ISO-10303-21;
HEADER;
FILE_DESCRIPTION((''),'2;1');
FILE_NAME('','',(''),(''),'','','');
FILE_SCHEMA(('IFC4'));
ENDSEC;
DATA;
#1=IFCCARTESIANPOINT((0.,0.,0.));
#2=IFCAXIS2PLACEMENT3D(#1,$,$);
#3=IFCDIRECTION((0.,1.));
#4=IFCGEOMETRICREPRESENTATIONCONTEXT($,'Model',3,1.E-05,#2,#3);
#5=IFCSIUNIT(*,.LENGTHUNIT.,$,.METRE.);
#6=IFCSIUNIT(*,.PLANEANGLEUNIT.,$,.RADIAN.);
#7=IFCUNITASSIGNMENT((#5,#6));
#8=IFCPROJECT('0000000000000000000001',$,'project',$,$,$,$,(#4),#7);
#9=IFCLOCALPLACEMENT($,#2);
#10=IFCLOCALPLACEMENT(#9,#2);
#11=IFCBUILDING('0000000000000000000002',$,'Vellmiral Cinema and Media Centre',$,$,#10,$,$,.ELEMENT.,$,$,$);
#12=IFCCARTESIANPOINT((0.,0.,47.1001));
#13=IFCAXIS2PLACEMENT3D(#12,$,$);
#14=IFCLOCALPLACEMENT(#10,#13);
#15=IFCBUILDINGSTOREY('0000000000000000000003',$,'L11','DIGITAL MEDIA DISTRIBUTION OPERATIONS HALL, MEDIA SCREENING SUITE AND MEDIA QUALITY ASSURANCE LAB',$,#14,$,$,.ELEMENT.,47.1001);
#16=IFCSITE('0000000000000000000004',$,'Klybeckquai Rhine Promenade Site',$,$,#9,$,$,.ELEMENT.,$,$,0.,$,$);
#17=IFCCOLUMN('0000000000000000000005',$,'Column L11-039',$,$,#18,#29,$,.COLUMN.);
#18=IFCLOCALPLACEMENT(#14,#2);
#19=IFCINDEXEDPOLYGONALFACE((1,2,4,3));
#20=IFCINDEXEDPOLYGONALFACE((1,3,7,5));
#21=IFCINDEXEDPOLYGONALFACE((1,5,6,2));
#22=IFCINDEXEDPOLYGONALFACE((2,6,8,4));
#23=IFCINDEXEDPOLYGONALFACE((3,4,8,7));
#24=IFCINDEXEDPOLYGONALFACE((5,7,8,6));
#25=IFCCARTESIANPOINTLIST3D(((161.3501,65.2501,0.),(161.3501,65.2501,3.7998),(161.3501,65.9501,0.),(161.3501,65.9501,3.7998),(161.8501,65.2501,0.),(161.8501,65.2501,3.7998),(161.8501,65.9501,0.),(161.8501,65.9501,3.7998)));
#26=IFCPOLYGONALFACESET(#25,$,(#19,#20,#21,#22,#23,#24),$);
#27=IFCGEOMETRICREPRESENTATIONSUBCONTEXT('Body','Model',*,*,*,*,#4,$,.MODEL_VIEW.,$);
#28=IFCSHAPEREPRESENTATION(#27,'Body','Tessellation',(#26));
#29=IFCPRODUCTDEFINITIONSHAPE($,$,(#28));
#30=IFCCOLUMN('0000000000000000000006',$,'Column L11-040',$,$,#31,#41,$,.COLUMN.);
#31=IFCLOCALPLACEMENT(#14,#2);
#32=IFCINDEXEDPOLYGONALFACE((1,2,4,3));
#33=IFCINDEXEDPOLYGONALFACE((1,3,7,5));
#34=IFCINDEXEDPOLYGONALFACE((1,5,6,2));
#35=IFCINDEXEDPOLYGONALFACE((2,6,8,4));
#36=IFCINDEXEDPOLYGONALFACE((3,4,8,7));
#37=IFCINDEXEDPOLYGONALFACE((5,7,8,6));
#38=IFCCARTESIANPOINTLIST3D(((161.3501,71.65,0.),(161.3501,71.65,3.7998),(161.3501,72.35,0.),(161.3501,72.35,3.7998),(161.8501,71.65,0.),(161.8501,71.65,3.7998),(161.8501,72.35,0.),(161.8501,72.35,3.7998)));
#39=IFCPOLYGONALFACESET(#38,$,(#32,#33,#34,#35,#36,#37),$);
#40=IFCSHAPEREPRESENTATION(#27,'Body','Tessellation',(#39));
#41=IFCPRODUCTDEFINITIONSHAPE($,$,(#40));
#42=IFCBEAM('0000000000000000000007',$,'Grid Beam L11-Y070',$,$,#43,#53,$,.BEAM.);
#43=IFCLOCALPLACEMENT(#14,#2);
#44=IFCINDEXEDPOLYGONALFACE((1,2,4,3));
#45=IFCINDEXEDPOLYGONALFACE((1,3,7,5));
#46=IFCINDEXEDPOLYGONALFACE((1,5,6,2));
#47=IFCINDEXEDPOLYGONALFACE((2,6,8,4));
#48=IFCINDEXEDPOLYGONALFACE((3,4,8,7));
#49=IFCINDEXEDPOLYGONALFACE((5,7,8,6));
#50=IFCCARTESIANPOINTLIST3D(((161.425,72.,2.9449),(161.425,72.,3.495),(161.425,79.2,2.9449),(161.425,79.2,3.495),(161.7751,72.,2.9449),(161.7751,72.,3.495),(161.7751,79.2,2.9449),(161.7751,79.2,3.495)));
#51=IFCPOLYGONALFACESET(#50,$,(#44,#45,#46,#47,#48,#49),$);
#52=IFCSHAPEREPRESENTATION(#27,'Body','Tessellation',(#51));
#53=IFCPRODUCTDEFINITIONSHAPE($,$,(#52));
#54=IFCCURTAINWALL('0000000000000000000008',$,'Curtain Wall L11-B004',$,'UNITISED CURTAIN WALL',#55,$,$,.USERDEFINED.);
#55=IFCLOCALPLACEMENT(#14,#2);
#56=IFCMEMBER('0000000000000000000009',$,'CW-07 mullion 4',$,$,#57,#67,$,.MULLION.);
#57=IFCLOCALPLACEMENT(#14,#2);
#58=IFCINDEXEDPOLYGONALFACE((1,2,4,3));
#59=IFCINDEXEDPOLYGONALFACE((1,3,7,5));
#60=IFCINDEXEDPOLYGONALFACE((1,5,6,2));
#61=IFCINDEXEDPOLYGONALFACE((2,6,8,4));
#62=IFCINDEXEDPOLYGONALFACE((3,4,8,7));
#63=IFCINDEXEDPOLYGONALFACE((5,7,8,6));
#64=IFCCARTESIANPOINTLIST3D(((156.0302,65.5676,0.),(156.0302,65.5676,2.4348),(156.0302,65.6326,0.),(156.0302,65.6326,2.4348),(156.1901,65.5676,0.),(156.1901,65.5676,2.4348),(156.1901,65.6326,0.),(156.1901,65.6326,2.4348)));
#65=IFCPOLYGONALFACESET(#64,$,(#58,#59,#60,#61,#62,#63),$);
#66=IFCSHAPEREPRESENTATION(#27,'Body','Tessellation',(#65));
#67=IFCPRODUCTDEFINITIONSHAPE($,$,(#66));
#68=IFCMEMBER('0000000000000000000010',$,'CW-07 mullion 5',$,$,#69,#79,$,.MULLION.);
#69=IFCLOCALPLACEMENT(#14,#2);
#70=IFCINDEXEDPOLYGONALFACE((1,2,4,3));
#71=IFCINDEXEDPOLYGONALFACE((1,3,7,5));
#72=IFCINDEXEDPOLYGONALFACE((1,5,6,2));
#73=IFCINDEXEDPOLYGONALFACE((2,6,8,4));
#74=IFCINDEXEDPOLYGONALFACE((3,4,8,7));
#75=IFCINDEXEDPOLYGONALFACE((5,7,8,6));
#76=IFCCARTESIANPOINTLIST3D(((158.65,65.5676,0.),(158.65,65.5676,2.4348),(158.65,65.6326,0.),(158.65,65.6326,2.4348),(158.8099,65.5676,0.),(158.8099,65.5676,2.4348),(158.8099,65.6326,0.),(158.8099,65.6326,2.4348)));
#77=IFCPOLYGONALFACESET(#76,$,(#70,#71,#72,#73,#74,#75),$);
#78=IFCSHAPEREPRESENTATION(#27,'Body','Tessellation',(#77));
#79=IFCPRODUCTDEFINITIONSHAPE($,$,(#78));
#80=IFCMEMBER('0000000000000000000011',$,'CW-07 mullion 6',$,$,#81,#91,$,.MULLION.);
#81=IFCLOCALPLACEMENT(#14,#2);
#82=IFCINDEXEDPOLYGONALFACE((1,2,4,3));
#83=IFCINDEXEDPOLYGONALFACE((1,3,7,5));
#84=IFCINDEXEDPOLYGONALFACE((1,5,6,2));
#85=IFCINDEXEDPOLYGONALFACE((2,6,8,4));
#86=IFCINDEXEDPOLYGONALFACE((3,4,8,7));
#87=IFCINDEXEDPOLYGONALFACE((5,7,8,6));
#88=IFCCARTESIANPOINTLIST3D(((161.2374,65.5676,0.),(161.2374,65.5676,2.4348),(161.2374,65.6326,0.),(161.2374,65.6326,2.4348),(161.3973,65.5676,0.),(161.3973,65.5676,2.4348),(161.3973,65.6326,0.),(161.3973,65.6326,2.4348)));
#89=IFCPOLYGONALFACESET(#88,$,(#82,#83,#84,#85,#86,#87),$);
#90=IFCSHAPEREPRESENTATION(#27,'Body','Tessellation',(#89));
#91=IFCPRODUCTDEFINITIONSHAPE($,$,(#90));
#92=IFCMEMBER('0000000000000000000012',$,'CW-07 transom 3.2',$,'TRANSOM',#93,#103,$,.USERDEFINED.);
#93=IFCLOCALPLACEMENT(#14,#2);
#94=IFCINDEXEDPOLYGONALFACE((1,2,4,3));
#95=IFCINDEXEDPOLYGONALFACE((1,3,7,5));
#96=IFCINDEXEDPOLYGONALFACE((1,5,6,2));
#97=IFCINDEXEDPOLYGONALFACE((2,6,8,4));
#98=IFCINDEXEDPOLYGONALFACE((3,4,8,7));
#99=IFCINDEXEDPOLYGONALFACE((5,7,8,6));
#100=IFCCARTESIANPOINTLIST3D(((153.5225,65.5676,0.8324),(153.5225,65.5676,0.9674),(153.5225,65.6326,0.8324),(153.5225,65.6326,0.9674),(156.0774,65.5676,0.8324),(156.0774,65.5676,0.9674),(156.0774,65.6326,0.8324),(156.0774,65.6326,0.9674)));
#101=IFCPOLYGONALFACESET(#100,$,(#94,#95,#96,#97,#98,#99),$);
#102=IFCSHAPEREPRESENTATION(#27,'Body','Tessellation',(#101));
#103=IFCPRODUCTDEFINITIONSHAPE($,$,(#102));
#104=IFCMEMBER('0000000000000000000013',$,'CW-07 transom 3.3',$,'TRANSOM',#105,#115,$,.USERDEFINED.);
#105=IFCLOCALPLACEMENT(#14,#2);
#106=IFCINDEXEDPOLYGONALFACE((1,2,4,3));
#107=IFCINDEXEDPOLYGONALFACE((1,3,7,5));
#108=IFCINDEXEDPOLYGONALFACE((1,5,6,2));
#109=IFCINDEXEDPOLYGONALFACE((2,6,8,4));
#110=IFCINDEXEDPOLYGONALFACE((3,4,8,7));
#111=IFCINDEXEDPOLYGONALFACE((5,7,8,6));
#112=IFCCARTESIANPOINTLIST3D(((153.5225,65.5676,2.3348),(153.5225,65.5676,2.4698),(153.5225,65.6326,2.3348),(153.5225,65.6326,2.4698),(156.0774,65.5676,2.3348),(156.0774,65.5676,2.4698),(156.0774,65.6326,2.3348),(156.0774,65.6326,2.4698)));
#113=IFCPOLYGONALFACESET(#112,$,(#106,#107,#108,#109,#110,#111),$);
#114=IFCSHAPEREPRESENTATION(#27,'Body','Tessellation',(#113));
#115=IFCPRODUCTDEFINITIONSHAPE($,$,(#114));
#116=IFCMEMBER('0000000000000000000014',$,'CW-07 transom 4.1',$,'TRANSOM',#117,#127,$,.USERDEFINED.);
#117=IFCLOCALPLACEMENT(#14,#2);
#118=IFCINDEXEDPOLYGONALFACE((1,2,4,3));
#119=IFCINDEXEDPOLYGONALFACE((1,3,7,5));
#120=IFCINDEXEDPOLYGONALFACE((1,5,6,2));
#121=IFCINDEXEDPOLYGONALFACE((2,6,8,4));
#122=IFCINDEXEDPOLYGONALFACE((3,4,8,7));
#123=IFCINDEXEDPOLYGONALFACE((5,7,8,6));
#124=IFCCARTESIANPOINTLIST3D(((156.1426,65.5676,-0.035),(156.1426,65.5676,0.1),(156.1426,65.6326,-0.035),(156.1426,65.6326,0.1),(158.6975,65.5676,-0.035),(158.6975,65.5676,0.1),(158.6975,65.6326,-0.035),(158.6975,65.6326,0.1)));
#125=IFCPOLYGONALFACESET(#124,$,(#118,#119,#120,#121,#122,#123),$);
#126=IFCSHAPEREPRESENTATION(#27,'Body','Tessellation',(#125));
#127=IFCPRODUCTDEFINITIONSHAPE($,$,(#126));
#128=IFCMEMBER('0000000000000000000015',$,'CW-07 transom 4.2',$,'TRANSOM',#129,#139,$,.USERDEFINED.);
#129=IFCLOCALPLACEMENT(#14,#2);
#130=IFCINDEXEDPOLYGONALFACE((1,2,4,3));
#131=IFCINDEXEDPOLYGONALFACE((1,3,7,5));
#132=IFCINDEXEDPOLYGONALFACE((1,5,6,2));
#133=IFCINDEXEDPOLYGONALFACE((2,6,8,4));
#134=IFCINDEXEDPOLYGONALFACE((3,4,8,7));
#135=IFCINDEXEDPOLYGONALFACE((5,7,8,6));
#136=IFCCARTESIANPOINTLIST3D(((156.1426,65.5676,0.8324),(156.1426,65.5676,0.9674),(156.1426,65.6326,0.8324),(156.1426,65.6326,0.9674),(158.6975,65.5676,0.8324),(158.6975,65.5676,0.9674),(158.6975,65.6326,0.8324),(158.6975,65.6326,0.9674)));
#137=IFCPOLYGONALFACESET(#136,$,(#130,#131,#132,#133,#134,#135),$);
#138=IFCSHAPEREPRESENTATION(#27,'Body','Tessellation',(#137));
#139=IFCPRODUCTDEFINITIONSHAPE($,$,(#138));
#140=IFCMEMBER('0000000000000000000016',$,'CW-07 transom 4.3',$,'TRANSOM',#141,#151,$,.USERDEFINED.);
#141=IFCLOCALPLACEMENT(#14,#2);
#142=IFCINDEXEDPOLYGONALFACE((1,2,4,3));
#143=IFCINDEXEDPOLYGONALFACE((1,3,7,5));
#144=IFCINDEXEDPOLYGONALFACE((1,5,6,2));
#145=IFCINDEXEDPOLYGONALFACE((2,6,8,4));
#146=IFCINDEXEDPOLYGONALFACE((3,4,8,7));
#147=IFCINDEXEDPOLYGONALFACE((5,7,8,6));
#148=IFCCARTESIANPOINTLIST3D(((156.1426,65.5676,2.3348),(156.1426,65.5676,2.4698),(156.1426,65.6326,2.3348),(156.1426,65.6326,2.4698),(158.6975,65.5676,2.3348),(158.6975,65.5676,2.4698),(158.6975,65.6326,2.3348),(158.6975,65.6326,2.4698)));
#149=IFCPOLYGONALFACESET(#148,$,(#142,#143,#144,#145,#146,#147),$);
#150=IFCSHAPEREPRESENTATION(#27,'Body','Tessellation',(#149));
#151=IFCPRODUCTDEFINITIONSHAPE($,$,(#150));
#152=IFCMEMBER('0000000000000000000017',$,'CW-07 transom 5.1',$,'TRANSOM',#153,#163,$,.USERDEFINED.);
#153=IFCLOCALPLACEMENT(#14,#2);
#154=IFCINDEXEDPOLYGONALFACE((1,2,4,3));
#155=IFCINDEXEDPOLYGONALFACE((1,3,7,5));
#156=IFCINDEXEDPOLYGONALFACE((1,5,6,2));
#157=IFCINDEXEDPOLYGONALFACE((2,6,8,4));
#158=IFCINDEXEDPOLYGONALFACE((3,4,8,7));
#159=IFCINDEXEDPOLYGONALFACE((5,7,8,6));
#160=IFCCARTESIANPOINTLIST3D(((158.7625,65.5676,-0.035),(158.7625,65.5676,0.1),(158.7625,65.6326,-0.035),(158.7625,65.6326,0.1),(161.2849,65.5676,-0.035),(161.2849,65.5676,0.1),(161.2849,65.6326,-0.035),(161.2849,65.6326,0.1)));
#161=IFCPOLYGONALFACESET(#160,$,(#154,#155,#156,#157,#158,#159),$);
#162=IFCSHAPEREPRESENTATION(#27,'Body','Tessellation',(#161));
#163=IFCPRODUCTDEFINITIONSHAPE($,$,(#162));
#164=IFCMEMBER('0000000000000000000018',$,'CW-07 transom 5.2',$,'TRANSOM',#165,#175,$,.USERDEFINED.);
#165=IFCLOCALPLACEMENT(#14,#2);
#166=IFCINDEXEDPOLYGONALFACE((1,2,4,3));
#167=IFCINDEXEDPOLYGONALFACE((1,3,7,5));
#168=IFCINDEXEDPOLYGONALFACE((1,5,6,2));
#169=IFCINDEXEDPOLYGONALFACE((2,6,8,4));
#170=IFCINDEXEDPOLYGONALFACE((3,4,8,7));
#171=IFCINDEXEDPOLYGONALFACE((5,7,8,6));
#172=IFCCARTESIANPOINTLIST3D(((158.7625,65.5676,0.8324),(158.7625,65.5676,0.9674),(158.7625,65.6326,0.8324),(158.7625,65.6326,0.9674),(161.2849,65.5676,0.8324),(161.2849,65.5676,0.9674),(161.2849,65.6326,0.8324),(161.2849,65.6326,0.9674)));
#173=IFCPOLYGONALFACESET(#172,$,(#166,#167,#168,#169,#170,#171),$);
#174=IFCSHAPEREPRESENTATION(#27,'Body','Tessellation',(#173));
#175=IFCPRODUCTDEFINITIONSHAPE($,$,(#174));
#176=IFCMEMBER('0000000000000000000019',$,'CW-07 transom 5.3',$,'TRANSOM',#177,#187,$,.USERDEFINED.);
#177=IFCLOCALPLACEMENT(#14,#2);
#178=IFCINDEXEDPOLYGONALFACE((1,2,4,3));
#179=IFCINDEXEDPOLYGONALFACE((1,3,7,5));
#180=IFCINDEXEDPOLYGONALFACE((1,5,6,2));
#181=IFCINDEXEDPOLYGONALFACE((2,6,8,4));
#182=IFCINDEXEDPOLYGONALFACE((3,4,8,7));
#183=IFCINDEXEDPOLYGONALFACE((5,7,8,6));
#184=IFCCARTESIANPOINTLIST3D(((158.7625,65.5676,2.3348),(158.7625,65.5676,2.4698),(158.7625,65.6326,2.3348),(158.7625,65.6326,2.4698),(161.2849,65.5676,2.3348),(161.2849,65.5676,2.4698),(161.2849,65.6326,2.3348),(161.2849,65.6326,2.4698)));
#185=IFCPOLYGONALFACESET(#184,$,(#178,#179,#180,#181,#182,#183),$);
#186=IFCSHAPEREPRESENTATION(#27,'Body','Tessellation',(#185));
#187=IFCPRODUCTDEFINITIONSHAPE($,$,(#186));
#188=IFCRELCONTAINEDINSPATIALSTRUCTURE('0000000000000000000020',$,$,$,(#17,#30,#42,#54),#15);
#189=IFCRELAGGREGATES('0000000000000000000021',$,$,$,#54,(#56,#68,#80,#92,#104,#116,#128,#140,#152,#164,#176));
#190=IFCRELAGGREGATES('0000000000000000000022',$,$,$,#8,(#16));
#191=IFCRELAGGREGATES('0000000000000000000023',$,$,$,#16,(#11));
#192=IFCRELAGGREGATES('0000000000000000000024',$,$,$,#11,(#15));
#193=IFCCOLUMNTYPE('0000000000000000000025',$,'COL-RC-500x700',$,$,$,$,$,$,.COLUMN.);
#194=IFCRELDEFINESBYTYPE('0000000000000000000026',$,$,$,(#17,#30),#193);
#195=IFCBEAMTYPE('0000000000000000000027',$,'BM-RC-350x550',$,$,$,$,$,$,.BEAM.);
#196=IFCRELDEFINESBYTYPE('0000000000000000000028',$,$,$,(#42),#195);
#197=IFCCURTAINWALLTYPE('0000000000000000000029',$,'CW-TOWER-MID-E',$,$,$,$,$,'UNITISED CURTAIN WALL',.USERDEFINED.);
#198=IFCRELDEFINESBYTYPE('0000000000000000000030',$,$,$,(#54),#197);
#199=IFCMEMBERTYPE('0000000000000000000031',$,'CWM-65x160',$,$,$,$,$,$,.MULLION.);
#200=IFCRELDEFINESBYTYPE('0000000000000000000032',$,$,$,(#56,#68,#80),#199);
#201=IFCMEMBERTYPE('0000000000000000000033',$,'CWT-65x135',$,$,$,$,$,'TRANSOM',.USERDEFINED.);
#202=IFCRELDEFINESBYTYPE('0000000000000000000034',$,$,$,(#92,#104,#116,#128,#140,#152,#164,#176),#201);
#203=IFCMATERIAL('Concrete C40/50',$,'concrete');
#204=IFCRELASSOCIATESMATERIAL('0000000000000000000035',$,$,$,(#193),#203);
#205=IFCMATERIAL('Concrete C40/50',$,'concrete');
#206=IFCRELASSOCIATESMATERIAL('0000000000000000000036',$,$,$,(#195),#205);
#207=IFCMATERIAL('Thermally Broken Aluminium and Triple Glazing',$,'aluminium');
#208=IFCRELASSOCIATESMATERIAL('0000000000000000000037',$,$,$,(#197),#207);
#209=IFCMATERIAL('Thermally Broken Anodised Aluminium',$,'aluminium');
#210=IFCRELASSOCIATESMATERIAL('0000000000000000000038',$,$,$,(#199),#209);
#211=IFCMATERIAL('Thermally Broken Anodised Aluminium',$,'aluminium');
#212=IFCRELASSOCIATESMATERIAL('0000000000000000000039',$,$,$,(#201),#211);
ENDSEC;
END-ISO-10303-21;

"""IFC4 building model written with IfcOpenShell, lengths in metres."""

from ifc_helpers import new_model, si_unit, direction, frame, origin, origin_2d, place, context, subcontext, project, spatial, rectangle, extrude, material, material_profile, profile_set, type_object, element, aggregate, save


model = new_model("IFC4")

# Units and contexts
model_context = context("Model", 3, precision=1e-05, world=origin(), true_north=direction((0.0, 1.0)))
body_context = subcontext(model_context, "Body", "Model", "MODEL_VIEW")
ifc_project = project(units=[si_unit("LENGTHUNIT", "METRE"), si_unit("PLANEANGLEUNIT", "RADIAN")], contexts=[model_context])

# Site, building, storey
site_placement = place(None, origin())
site = spatial("IfcSite", under=ifc_project, at=site_placement, Name="Klybeckquai Rhine Promenade Site", CompositionType="ELEMENT", RefElevation=0.0)
building_placement = place(site_placement, origin())
building = spatial("IfcBuilding", under=site, at=building_placement, Name="Vellmiral Cinema and Media Centre", CompositionType="ELEMENT")
storey_placement = place(building_placement, frame((0.0, 0.0, 47.1001)))
storey = spatial("IfcBuildingStorey", under=building, at=storey_placement, Name="L11", Description="DIGITAL MEDIA DISTRIBUTION OPERATIONS HALL, MEDIA SCREENING SUITE AND MEDIA QUALITY ASSURANCE LAB", CompositionType="ELEMENT", Elevation=47.1001)

# Columns
ifc_material_1 = material(Name="Concrete C40/50", Category="concrete")
ifc_material_profile_1 = material_profile(ifc_material_1, rectangle(XDim=0.5, YDim=0.7, at=origin_2d()), Name="RC 500x700")
ifc_profile_set_1 = profile_set([ifc_material_profile_1], Name="Concrete C40/50")
column_type = type_object("IfcColumnType", Name="COL-RC-500x700", PredefinedType="COLUMN", material=ifc_profile_set_1)
for number, where, z_axis, x_axis, name in (
    (1, (161.6001, 65.6001, 0.0), (0.0, 0.0, 1.0), (1.0, 0.0, 0.0), "Column L11-039"),
    (2, (161.6001, 72.0, 0.0), (0.0, 0.0, 1.0), (1.0, 0.0, 0.0), "Column L11-040"),
):
    element("IfcColumn", number, at=place(storey_placement, frame(where, z_axis=z_axis, x_axis=x_axis)), inside=storey, type_object=column_type, Name=name, PredefinedType="COLUMN", context=body_context, shape_type="SweptSolid", body=[
        extrude(rectangle(XDim=0.5, YDim=0.7, at=origin_2d()), origin(), (0.0, 0.0, 1.0), 3.7998),
    ])

# Beam
ifc_material_2 = material(Name="Concrete C40/50", Category="concrete")
ifc_material_profile_2 = material_profile(ifc_material_2, rectangle(XDim=0.3501, YDim=0.55, at=origin_2d()), Name="RC 350x550")
ifc_profile_set_2 = profile_set([ifc_material_profile_2], Name="Concrete C40/50")
beam_type_1 = type_object("IfcBeamType", Name="BM-RC-350x550", PredefinedType="BEAM", material=ifc_profile_set_2)
beam_1_placement = place(storey_placement, frame((161.6001, 72.0, 3.22), z_axis=(0.0, 1.0, 0.0), x_axis=(-1.0, 0.0, 0.0)))
element("IfcBeam", 3, at=beam_1_placement, inside=storey, type_object=beam_type_1, Name="Grid Beam L11-Y070", PredefinedType="BEAM", context=body_context, shape_type="SweptSolid", body=[
    extrude(rectangle(XDim=0.3501, YDim=0.55, at=origin_2d()), origin(), (0.0, 0.0, 1.0), 7.2),
])

# Curtain wall, members
ifc_material_3 = material(Name="Thermally Broken Aluminium and Triple Glazing", Category="aluminium")
curtain_wall_type = type_object("IfcCurtainWallType", Name="CW-TOWER-MID-E", ElementType="UNITISED CURTAIN WALL", PredefinedType="USERDEFINED", material=ifc_material_3)
curtain_wall_placement = place(storey_placement, origin())
curtain_wall = element("IfcCurtainWall", 4, at=curtain_wall_placement, inside=storey, type_object=curtain_wall_type, Name="Curtain Wall L11-B004", ObjectType="UNITISED CURTAIN WALL", PredefinedType="USERDEFINED")
ifc_material_4 = material(Name="Thermally Broken Anodised Aluminium", Category="aluminium")
ifc_material_profile_3 = material_profile(ifc_material_4, rectangle(XDim=0.0649, YDim=0.1599, at=origin_2d()), Name="MULL 65x160")
ifc_profile_set_3 = profile_set([ifc_material_profile_3], Name="Thermally Broken Anodised Aluminium")
member_type_1 = type_object("IfcMemberType", Name="CWM-65x160", PredefinedType="MULLION", material=ifc_profile_set_3)
member_1_placement = place(storey_placement, frame((156.1101, 65.6001, 0.0), z_axis=(0.0, 0.0, 1.0), x_axis=(0.0, 1.0, 0.0)))
member_1 = element("IfcMember", 5, at=member_1_placement, type_object=member_type_1, Name="CW-07 mullion 4", PredefinedType="MULLION", context=body_context, shape_type="SweptSolid", body=[
    extrude(rectangle(XDim=0.0649, YDim=0.1599, at=origin_2d()), origin(), (0.0, 0.0, 1.0), 2.4348),
])
member_2_placement = place(storey_placement, frame((158.73, 65.6001, 0.0), z_axis=(0.0, 0.0, 1.0), x_axis=(0.0, 1.0, 0.0)))
member_2 = element("IfcMember", 6, at=member_2_placement, type_object=member_type_1, Name="CW-07 mullion 5", PredefinedType="MULLION", context=body_context, shape_type="SweptSolid", body=[
    extrude(rectangle(XDim=0.0649, YDim=0.1599, at=origin_2d()), origin(), (0.0, 0.0, 1.0), 2.4348),
])
member_3_placement = place(storey_placement, frame((161.3174, 65.6001, 0.0), z_axis=(0.0, 0.0, 1.0), x_axis=(0.0, 1.0, 0.0)))
member_3 = element("IfcMember", 7, at=member_3_placement, type_object=member_type_1, Name="CW-07 mullion 6", PredefinedType="MULLION", context=body_context, shape_type="SweptSolid", body=[
    extrude(rectangle(XDim=0.0649, YDim=0.1599, at=origin_2d()), origin(), (0.0, 0.0, 1.0), 2.4348),
])
ifc_material_5 = material(Name="Thermally Broken Anodised Aluminium", Category="aluminium")
ifc_material_profile_4 = material_profile(ifc_material_5, rectangle(XDim=0.0649, YDim=0.135, at=origin_2d()), Name="MULL 65x135")
ifc_profile_set_4 = profile_set([ifc_material_profile_4], Name="Thermally Broken Anodised Aluminium")
member_type_2 = type_object("IfcMemberType", Name="CWT-65x135", ElementType="TRANSOM", PredefinedType="USERDEFINED", material=ifc_profile_set_4)
member_4_placement = place(storey_placement, frame((153.5225, 65.6001, 0.8999), z_axis=(1.0, 0.0, 0.0), x_axis=(0.0, 1.0, 0.0)))
member_4 = element("IfcMember", 8, at=member_4_placement, type_object=member_type_2, Name="CW-07 transom 3.2", ObjectType="TRANSOM", PredefinedType="USERDEFINED", context=body_context, shape_type="SweptSolid", body=[
    extrude(rectangle(XDim=0.0649, YDim=0.135, at=origin_2d()), origin(), (0.0, 0.0, 1.0), 2.5549),
])
member_5_placement = place(storey_placement, frame((153.5225, 65.6001, 2.4023), z_axis=(1.0, 0.0, 0.0), x_axis=(0.0, 1.0, 0.0)))
member_5 = element("IfcMember", 9, at=member_5_placement, type_object=member_type_2, Name="CW-07 transom 3.3", ObjectType="TRANSOM", PredefinedType="USERDEFINED", context=body_context, shape_type="SweptSolid", body=[
    extrude(rectangle(XDim=0.0649, YDim=0.135, at=origin_2d()), origin(), (0.0, 0.0, 1.0), 2.5549),
])
member_6_placement = place(storey_placement, frame((156.1426, 65.6001, 0.0325), z_axis=(1.0, 0.0, 0.0), x_axis=(0.0, 1.0, 0.0)))
member_6 = element("IfcMember", 10, at=member_6_placement, type_object=member_type_2, Name="CW-07 transom 4.1", ObjectType="TRANSOM", PredefinedType="USERDEFINED", context=body_context, shape_type="SweptSolid", body=[
    extrude(rectangle(XDim=0.0649, YDim=0.135, at=origin_2d()), origin(), (0.0, 0.0, 1.0), 2.5549),
])
member_7_placement = place(storey_placement, frame((156.1426, 65.6001, 0.8999), z_axis=(1.0, 0.0, 0.0), x_axis=(0.0, 1.0, 0.0)))
member_7 = element("IfcMember", 11, at=member_7_placement, type_object=member_type_2, Name="CW-07 transom 4.2", ObjectType="TRANSOM", PredefinedType="USERDEFINED", context=body_context, shape_type="SweptSolid", body=[
    extrude(rectangle(XDim=0.0649, YDim=0.135, at=origin_2d()), origin(), (0.0, 0.0, 1.0), 2.5549),
])
member_8_placement = place(storey_placement, frame((156.1426, 65.6001, 2.4023), z_axis=(1.0, 0.0, 0.0), x_axis=(0.0, 1.0, 0.0)))
member_8 = element("IfcMember", 12, at=member_8_placement, type_object=member_type_2, Name="CW-07 transom 4.3", ObjectType="TRANSOM", PredefinedType="USERDEFINED", context=body_context, shape_type="SweptSolid", body=[
    extrude(rectangle(XDim=0.0649, YDim=0.135, at=origin_2d()), origin(), (0.0, 0.0, 1.0), 2.5549),
])
member_9_placement = place(storey_placement, frame((158.7625, 65.6001, 0.0325), z_axis=(1.0, 0.0, 0.0), x_axis=(0.0, 1.0, 0.0)))
member_9 = element("IfcMember", 13, at=member_9_placement, type_object=member_type_2, Name="CW-07 transom 5.1", ObjectType="TRANSOM", PredefinedType="USERDEFINED", context=body_context, shape_type="SweptSolid", body=[
    extrude(rectangle(XDim=0.0649, YDim=0.135, at=origin_2d()), origin(), (0.0, 0.0, 1.0), 2.5225),
])
member_10_placement = place(storey_placement, frame((158.7625, 65.6001, 0.8999), z_axis=(1.0, 0.0, 0.0), x_axis=(0.0, 1.0, 0.0)))
member_10 = element("IfcMember", 14, at=member_10_placement, type_object=member_type_2, Name="CW-07 transom 5.2", ObjectType="TRANSOM", PredefinedType="USERDEFINED", context=body_context, shape_type="SweptSolid", body=[
    extrude(rectangle(XDim=0.0649, YDim=0.135, at=origin_2d()), origin(), (0.0, 0.0, 1.0), 2.5225),
])
member_11_placement = place(storey_placement, frame((158.7625, 65.6001, 2.4023), z_axis=(1.0, 0.0, 0.0), x_axis=(0.0, 1.0, 0.0)))
member_11 = element("IfcMember", 15, at=member_11_placement, type_object=member_type_2, Name="CW-07 transom 5.3", ObjectType="TRANSOM", PredefinedType="USERDEFINED", context=body_context, shape_type="SweptSolid", body=[
    extrude(rectangle(XDim=0.0649, YDim=0.135, at=origin_2d()), origin(), (0.0, 0.0, 1.0), 2.5225),
])

aggregate(curtain_wall, [member_1, member_2, member_3, member_4, member_5, member_6, member_7, member_8, member_9, member_10, member_11])

save(model, "model.ifc")
